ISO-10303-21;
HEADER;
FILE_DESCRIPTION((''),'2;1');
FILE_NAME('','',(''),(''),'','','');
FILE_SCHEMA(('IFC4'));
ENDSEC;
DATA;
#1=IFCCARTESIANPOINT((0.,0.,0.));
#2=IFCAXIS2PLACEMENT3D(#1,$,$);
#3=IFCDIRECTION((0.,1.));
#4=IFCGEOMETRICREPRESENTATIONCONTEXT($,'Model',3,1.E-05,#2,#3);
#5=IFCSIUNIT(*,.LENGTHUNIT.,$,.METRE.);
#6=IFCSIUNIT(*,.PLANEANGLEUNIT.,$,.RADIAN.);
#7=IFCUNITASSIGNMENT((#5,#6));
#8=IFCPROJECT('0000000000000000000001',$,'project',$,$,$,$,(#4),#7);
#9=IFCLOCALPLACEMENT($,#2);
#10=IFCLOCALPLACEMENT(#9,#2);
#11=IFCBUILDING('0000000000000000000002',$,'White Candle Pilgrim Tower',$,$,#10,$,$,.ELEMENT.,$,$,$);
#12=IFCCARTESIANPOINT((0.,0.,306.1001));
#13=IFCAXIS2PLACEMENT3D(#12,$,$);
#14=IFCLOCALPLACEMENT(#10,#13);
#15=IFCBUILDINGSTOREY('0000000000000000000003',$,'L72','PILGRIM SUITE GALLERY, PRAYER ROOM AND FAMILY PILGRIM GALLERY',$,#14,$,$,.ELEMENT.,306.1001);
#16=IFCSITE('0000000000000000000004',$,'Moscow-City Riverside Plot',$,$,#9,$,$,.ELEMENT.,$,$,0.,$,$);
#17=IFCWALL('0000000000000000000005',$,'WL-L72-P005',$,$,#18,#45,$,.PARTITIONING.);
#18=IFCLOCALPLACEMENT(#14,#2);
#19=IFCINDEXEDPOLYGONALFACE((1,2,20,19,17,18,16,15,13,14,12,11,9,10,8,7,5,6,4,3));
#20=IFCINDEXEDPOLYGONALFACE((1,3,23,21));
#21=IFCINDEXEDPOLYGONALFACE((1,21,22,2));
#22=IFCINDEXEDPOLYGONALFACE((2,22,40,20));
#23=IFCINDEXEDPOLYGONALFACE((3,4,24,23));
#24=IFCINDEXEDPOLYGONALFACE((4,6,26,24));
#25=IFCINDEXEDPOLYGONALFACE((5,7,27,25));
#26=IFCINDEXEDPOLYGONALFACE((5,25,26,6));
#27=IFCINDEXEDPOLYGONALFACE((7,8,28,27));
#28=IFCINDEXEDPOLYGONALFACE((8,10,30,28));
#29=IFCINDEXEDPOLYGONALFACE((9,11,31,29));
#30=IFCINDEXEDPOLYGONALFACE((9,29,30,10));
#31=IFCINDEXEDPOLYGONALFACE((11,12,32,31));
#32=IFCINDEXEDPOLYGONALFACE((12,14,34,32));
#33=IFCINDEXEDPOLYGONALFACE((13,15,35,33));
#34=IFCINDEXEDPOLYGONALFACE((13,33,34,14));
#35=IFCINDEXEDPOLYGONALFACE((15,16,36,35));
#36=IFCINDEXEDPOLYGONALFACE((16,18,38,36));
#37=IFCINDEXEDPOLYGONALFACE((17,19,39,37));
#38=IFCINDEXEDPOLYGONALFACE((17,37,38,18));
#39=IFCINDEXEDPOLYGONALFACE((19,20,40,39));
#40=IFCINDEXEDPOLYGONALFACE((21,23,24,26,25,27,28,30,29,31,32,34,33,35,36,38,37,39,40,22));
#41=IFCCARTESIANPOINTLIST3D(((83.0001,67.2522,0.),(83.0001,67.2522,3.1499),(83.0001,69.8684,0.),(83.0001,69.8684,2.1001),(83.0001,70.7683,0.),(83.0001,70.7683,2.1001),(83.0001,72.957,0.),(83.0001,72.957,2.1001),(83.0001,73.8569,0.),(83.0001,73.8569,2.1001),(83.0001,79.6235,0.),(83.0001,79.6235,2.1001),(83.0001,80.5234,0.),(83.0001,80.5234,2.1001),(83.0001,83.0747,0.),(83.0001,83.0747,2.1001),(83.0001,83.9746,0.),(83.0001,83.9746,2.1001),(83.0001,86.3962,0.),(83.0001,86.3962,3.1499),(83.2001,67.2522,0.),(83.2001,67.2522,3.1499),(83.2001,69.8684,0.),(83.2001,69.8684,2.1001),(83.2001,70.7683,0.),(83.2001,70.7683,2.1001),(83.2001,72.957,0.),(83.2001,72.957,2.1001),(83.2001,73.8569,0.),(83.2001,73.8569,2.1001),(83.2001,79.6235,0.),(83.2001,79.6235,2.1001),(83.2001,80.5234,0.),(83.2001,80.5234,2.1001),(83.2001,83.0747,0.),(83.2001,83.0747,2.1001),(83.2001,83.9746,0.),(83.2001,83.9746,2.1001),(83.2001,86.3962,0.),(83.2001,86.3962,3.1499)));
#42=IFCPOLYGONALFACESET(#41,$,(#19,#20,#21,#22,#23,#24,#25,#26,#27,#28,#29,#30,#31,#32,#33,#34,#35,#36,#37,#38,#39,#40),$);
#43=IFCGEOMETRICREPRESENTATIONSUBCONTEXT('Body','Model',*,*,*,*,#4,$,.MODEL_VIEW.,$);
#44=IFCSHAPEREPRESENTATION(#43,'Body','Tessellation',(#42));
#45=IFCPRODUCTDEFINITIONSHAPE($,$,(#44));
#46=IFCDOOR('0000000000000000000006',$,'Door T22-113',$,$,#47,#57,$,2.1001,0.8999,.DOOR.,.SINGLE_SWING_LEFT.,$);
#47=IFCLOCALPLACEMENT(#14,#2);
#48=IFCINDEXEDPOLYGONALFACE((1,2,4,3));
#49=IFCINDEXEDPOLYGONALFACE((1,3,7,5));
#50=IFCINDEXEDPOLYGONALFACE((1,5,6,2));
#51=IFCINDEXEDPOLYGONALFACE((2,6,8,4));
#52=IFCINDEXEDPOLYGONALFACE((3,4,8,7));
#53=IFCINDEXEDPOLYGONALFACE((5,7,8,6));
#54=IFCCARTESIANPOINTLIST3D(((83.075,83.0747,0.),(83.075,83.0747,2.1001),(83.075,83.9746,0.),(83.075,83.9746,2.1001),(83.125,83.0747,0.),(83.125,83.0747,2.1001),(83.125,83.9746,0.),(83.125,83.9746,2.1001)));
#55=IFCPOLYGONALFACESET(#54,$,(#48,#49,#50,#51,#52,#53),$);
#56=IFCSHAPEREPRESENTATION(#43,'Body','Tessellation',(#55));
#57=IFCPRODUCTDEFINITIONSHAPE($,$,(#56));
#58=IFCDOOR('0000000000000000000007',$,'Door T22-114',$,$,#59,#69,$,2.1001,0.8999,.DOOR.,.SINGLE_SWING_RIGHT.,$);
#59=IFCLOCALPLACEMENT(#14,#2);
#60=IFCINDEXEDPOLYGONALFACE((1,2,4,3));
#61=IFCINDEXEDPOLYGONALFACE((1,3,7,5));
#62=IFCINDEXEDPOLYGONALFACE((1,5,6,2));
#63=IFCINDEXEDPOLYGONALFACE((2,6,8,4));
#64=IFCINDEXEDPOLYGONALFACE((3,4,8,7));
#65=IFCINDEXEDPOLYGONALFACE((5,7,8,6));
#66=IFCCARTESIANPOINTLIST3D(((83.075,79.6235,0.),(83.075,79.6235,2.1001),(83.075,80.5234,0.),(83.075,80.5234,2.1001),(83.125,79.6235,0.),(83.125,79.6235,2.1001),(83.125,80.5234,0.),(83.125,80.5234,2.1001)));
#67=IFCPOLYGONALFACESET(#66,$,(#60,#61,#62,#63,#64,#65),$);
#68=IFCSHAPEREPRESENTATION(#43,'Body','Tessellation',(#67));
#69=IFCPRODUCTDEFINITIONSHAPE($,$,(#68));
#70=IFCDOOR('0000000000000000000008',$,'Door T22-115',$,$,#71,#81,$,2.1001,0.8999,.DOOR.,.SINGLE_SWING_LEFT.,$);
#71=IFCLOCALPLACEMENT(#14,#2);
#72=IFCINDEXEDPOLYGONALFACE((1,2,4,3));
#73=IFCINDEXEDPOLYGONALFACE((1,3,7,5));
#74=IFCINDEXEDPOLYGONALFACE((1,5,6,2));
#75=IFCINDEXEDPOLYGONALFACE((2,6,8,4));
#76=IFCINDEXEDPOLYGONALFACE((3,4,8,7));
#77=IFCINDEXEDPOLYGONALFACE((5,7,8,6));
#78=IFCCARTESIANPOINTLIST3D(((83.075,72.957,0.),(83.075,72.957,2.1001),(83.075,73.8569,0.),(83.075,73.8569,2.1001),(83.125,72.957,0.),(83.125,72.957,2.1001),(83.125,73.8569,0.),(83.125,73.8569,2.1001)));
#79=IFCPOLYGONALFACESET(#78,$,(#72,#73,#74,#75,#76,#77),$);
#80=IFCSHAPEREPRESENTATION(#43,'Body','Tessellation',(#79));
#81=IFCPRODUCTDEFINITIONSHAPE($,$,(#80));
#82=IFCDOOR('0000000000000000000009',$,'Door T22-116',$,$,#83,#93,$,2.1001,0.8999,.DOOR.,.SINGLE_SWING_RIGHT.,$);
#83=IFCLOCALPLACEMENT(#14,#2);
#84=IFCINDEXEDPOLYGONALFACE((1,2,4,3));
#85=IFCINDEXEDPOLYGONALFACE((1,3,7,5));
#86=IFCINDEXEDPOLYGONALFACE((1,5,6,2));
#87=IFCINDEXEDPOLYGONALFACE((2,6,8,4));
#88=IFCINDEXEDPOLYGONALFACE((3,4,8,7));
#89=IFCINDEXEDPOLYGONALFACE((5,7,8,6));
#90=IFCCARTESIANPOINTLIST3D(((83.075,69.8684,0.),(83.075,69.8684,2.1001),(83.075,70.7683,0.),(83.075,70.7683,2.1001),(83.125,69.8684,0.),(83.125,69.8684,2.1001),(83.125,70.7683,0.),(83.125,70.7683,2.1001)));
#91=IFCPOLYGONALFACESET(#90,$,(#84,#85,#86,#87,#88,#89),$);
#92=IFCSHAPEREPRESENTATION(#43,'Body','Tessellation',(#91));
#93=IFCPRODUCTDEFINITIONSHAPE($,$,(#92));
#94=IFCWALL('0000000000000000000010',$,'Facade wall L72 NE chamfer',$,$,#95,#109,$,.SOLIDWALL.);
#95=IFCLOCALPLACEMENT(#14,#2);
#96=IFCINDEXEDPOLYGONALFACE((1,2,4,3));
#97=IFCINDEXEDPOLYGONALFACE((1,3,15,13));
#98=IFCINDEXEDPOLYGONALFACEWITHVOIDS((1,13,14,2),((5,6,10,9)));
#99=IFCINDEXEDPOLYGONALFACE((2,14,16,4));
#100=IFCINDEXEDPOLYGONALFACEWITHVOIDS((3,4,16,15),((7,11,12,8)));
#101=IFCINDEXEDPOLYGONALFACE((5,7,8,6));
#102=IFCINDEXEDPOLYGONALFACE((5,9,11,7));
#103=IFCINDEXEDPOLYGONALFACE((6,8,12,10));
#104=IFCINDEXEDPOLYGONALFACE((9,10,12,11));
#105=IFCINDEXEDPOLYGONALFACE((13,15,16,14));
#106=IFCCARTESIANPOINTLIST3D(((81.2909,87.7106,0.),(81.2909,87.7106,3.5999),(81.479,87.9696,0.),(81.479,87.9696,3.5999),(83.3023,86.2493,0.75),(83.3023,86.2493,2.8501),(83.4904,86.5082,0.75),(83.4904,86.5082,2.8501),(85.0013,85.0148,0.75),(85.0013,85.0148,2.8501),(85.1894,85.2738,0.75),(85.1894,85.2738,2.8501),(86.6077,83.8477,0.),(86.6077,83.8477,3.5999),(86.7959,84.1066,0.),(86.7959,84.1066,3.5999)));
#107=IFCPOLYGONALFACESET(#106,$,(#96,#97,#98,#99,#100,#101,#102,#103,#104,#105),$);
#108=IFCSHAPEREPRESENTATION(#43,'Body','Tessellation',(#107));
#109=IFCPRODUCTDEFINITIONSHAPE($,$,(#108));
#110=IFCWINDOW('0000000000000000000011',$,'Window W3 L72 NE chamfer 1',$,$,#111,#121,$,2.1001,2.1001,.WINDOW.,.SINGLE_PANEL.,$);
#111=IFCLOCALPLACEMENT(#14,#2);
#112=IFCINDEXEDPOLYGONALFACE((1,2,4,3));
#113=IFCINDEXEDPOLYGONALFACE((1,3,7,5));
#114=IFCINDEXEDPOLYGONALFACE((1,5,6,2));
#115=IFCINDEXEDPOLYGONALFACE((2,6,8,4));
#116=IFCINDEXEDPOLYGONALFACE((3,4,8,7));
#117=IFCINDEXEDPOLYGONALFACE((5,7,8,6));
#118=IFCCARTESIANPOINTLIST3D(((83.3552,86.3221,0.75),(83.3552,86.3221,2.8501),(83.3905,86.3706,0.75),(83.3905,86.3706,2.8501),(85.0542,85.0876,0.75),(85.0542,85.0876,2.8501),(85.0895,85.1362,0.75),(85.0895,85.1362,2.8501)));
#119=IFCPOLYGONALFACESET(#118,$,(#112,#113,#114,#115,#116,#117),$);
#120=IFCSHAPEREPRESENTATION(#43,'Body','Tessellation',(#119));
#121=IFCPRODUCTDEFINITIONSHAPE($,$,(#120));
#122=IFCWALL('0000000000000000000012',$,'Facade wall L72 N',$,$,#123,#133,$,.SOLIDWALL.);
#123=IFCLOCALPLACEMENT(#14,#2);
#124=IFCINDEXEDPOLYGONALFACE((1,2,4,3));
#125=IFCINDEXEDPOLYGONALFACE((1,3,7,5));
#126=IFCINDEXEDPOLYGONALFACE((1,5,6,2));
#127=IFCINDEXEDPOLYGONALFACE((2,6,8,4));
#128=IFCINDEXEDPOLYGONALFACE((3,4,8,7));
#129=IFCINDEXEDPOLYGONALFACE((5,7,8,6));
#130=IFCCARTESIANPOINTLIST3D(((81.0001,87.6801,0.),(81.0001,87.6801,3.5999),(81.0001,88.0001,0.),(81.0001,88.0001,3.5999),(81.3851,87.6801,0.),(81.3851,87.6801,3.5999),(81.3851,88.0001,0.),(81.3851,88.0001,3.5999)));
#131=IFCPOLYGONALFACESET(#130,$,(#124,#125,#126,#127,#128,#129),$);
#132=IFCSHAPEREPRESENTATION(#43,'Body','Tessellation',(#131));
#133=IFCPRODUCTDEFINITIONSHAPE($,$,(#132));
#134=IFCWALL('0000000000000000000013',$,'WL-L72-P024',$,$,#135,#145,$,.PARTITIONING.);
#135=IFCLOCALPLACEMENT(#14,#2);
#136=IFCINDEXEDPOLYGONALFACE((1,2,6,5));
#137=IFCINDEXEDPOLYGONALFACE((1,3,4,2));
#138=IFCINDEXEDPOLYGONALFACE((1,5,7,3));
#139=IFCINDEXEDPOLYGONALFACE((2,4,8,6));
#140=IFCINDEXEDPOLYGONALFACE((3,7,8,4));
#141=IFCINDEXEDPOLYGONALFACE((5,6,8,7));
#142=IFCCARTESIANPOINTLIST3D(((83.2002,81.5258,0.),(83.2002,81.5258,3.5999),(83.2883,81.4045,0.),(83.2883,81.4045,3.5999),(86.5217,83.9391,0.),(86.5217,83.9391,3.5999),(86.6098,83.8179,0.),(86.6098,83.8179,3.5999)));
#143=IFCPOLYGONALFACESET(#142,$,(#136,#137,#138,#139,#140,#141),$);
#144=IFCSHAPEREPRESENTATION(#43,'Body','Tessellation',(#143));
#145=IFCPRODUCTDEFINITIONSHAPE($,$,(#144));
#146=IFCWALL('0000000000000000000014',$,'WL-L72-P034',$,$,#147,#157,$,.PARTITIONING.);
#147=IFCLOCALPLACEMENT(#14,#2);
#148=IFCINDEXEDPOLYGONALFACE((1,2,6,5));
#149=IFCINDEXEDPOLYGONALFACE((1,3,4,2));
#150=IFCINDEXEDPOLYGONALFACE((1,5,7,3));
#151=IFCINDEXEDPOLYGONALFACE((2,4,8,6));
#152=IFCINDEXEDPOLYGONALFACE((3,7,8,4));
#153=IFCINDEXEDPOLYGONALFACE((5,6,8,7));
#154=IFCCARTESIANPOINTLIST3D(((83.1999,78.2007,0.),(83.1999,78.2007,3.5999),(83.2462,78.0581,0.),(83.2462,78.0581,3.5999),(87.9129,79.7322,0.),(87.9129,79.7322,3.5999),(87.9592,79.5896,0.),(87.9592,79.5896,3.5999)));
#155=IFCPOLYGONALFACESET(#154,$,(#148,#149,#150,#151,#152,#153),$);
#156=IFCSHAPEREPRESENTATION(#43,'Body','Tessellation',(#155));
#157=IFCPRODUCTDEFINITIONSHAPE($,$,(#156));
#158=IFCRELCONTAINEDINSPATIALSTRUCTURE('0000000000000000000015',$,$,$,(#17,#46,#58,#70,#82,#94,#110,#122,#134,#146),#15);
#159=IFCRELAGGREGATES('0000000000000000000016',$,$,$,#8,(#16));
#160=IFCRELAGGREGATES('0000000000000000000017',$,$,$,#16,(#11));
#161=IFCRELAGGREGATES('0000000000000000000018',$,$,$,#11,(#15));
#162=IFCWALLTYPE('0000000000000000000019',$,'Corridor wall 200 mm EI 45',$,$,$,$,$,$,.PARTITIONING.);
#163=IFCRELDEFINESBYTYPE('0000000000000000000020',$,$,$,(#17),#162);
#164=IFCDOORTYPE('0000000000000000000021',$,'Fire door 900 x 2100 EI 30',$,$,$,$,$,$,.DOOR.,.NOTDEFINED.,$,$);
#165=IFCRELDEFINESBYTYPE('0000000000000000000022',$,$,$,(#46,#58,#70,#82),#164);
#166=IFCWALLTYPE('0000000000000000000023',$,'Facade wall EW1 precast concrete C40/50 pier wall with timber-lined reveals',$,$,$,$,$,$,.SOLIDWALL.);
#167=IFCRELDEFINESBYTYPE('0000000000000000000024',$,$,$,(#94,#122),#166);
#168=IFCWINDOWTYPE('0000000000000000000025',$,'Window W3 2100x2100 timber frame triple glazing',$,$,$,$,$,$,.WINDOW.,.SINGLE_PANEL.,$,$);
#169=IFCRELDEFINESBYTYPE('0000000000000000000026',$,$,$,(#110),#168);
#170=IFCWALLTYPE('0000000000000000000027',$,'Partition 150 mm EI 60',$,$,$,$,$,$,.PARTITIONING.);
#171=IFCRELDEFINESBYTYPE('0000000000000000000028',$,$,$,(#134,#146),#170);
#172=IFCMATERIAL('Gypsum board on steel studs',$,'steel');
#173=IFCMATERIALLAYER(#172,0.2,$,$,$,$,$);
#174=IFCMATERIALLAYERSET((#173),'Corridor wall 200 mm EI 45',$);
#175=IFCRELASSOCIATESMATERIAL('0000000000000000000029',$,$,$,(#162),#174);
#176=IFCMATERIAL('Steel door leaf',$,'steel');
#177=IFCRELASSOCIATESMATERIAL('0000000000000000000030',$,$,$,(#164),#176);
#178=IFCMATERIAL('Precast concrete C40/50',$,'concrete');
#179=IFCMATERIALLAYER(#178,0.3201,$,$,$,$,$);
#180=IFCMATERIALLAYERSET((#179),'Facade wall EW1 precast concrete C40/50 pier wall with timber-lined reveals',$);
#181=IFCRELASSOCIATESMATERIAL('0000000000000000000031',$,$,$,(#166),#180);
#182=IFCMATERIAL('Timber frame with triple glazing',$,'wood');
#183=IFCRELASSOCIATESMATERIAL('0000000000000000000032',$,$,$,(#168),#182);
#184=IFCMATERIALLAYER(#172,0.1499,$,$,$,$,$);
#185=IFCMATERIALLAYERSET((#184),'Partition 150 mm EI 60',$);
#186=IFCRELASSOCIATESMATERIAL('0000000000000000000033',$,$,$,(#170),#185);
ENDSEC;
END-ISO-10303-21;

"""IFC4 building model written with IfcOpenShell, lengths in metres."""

from ifc_helpers import new_model, si_unit, direction, frame, frame_2d, origin, place, context, subcontext, project, spatial, rectangle, extrude, material, layer, layer_set, type_object, element, fill, save


model = new_model("IFC4")

# Units and contexts
model_context = context("Model", 3, precision=1e-05, world=origin(), true_north=direction((0.0, 1.0)))
body_context = subcontext(model_context, "Body", "Model", "MODEL_VIEW")
ifc_project = project(units=[si_unit("LENGTHUNIT", "METRE"), si_unit("PLANEANGLEUNIT", "RADIAN")], contexts=[model_context])

# Site, building, storey
site_placement = place(None, origin())
site = spatial("IfcSite", under=ifc_project, at=site_placement, Name="Moscow-City Riverside Plot", CompositionType="ELEMENT", RefElevation=0.0)
building_placement = place(site_placement, origin())
building = spatial("IfcBuilding", under=site, at=building_placement, Name="White Candle Pilgrim Tower", CompositionType="ELEMENT")
storey_placement = place(building_placement, frame((0.0, 0.0, 306.1001)))
storey = spatial("IfcBuildingStorey", under=building, at=storey_placement, Name="L72", Description="PILGRIM SUITE GALLERY, PRAYER ROOM AND FAMILY PILGRIM GALLERY", CompositionType="ELEMENT", Elevation=306.1001)

# Shared definitions
ifc_material_1 = material(Name="Steel door leaf", Category="steel")

# Wall, openings, doors
ifc_material_2 = material(Name="Gypsum board on steel studs", Category="steel")
ifc_layer_1 = layer(ifc_material_2, 0.2)
ifc_layer_set_1 = layer_set([ifc_layer_1], Name="Corridor wall 200 mm EI 45")
wall_type_1 = type_object("IfcWallType", Name="Corridor wall 200 mm EI 45", PredefinedType="PARTITIONING", material=ifc_layer_set_1)
wall_1_placement = place(storey_placement, frame((83.1001, 86.3962, 0.0), z_axis=(0.0, 0.0, 1.0), x_axis=(0.0, -1.0, 0.0)))
wall_1 = element("IfcWall", 1, at=wall_1_placement, inside=storey, type_object=wall_type_1, Name="WL-L72-P005", PredefinedType="PARTITIONING", context=body_context, shape_type="SweptSolid", body=[
    extrude(rectangle(XDim=19.144, YDim=0.2, at=frame_2d((9.572, 0.0))), origin(), (0.0, 0.0, 1.0), 3.1499),
])
opening_1_placement = place(wall_1_placement, frame((2.4216, 0.0, 0.0)))
opening_1 = element("IfcOpeningElement", 2, at=opening_1_placement, cuts=wall_1, PredefinedType="OPENING", context=body_context, shape_type="SweptSolid", body=[
    extrude(rectangle(XDim=0.8999, YDim=2.1001, at=frame_2d((0.45, 1.05))), frame((0.0, 0.1099, 0.0), z_axis=(0.0, -1.0, 0.0), x_axis=(1.0, 0.0, 0.0)), (0.0, 0.0, 1.0), 0.22),
])
opening_2_placement = place(wall_1_placement, frame((5.8728, 0.0, 0.0)))
opening_2 = element("IfcOpeningElement", 3, at=opening_2_placement, cuts=wall_1, PredefinedType="OPENING", context=body_context, shape_type="SweptSolid", body=[
    extrude(rectangle(XDim=0.8999, YDim=2.1001, at=frame_2d((0.45, 1.05))), frame((0.0, 0.1099, 0.0), z_axis=(0.0, -1.0, 0.0), x_axis=(1.0, 0.0, 0.0)), (0.0, 0.0, 1.0), 0.22),
])
opening_3_placement = place(wall_1_placement, frame((12.5393, 0.0, 0.0)))
opening_3 = element("IfcOpeningElement", 4, at=opening_3_placement, cuts=wall_1, PredefinedType="OPENING", context=body_context, shape_type="SweptSolid", body=[
    extrude(rectangle(XDim=0.8999, YDim=2.1001, at=frame_2d((0.45, 1.05))), frame((0.0, 0.1099, 0.0), z_axis=(0.0, -1.0, 0.0), x_axis=(1.0, 0.0, 0.0)), (0.0, 0.0, 1.0), 0.22),
])
opening_4_placement = place(wall_1_placement, frame((15.6279, 0.0, 0.0)))
opening_4 = element("IfcOpeningElement", 5, at=opening_4_placement, cuts=wall_1, PredefinedType="OPENING", context=body_context, shape_type="SweptSolid", body=[
    extrude(rectangle(XDim=0.8999, YDim=2.1001, at=frame_2d((0.45, 1.05))), frame((0.0, 0.1099, 0.0), z_axis=(0.0, -1.0, 0.0), x_axis=(1.0, 0.0, 0.0)), (0.0, 0.0, 1.0), 0.22),
])
door_type_1 = type_object("IfcDoorType", Name="Fire door 900 x 2100 EI 30", OperationType="NOTDEFINED", PredefinedType="DOOR", material=ifc_material_1)
door_1_placement = place(opening_1_placement, origin())
door_1 = element("IfcDoor", 6, at=door_1_placement, inside=storey, type_object=door_type_1, Name="Door T22-113", OperationType="SINGLE_SWING_LEFT", OverallHeight=2.1001, OverallWidth=0.8999, PredefinedType="DOOR", context=body_context, shape_type="SweptSolid", body=[
    extrude(rectangle(XDim=0.8999, YDim=2.1001, at=frame_2d((0.45, 1.05))), frame((0.0, 0.0249, 0.0), z_axis=(0.0, -1.0, 0.0), x_axis=(1.0, 0.0, 0.0)), (0.0, 0.0, 1.0), 0.05),
])
fill(opening_1, door_1)
door_2_placement = place(opening_2_placement, origin())
door_2 = element("IfcDoor", 7, at=door_2_placement, inside=storey, type_object=door_type_1, Name="Door T22-114", OperationType="SINGLE_SWING_RIGHT", OverallHeight=2.1001, OverallWidth=0.8999, PredefinedType="DOOR", context=body_context, shape_type="SweptSolid", body=[
    extrude(rectangle(XDim=0.8999, YDim=2.1001, at=frame_2d((0.45, 1.05))), frame((0.0, 0.0249, 0.0), z_axis=(0.0, -1.0, 0.0), x_axis=(1.0, 0.0, 0.0)), (0.0, 0.0, 1.0), 0.05),
])
fill(opening_2, door_2)
door_3_placement = place(opening_3_placement, origin())
door_3 = element("IfcDoor", 8, at=door_3_placement, inside=storey, type_object=door_type_1, Name="Door T22-115", OperationType="SINGLE_SWING_LEFT", OverallHeight=2.1001, OverallWidth=0.8999, PredefinedType="DOOR", context=body_context, shape_type="SweptSolid", body=[
    extrude(rectangle(XDim=0.8999, YDim=2.1001, at=frame_2d((0.45, 1.05))), frame((0.0, 0.0249, 0.0), z_axis=(0.0, -1.0, 0.0), x_axis=(1.0, 0.0, 0.0)), (0.0, 0.0, 1.0), 0.05),
])
fill(opening_3, door_3)
door_4_placement = place(opening_4_placement, origin())
door_4 = element("IfcDoor", 9, at=door_4_placement, inside=storey, type_object=door_type_1, Name="Door T22-116", OperationType="SINGLE_SWING_RIGHT", OverallHeight=2.1001, OverallWidth=0.8999, PredefinedType="DOOR", context=body_context, shape_type="SweptSolid", body=[
    extrude(rectangle(XDim=0.8999, YDim=2.1001, at=frame_2d((0.45, 1.05))), frame((0.0, 0.0249, 0.0), z_axis=(0.0, -1.0, 0.0), x_axis=(1.0, 0.0, 0.0)), (0.0, 0.0, 1.0), 0.05),
])
fill(opening_4, door_4)

# Wall, opening, window
ifc_material_3 = material(Name="Precast concrete C40/50", Category="concrete")
ifc_layer_2 = layer(ifc_material_3, 0.3201)
ifc_layer_set_2 = layer_set([ifc_layer_2], Name="Facade wall EW1 precast concrete C40/50 pier wall with timber-lined reveals")
wall_type_2 = type_object("IfcWallType", Name="Facade wall EW1 precast concrete C40/50 pier wall with timber-lined reveals", PredefinedType="SOLIDWALL", material=ifc_layer_set_2)
wall_2_placement = place(storey_placement, frame((86.7019, 83.9771, 0.0), z_axis=(0.0, 0.0, 1.0), x_axis=(-0.809011, 0.587794, 0.0)))
wall_2 = element("IfcWall", 10, at=wall_2_placement, inside=storey, type_object=wall_type_2, Name="Facade wall L72 NE chamfer", PredefinedType="SOLIDWALL", context=body_context, shape_type="SweptSolid", body=[
    extrude(rectangle(XDim=6.572, YDim=0.3201, at=frame_2d((3.2861, 0.0))), origin(), (0.0, 0.0, 1.0), 3.5999),
])
opening_5_placement = place(wall_2_placement, frame((1.9858, 0.0, 0.75)))
opening_5 = element("IfcOpeningElement", 11, at=opening_5_placement, cuts=wall_2, PredefinedType="OPENING", context=body_context, shape_type="SweptSolid", body=[
    extrude(rectangle(XDim=2.1001, YDim=2.1001, at=frame_2d((1.05, 1.05))), frame((0.0, 0.1699, 0.0), z_axis=(0.0, -1.0, 0.0), x_axis=(1.0, 0.0, 0.0)), (0.0, 0.0, 1.0), 0.3401),
])
ifc_material_4 = material(Name="Timber frame with triple glazing", Category="wood")
window_type = type_object("IfcWindowType", Name="Window W3 2100x2100 timber frame triple glazing", PartitioningType="SINGLE_PANEL", PredefinedType="WINDOW", material=ifc_material_4)
window_placement = place(opening_5_placement, origin())
window = element("IfcWindow", 12, at=window_placement, inside=storey, type_object=window_type, Name="Window W3 L72 NE chamfer 1", OverallHeight=2.1001, OverallWidth=2.1001, PartitioningType="SINGLE_PANEL", PredefinedType="WINDOW", context=body_context, shape_type="SweptSolid", body=[
    extrude(rectangle(XDim=2.1001, YDim=2.1001, at=frame_2d((1.05, 1.05))), frame((0.0, 0.0701, 0.0), z_axis=(0.0, -1.0, 0.0), x_axis=(1.0, 0.0, 0.0)), (0.0, 0.0, 1.0), 0.0601),
])
fill(opening_5, window)

# Walls
wall_3_placement = place(storey_placement, frame((81.385, 87.8401, 0.0), z_axis=(0.0, 0.0, 1.0), x_axis=(-1.0, 0.0, 0.0)))
element("IfcWall", 13, at=wall_3_placement, inside=storey, type_object=wall_type_2, Name="Facade wall L72 N", PredefinedType="SOLIDWALL", context=body_context, shape_type="SweptSolid", body=[
    extrude(rectangle(XDim=0.385, YDim=0.3201, at=frame_2d((0.1924, 0.0))), origin(), (0.0, 0.0, 1.0), 3.5999),
])
ifc_layer_3 = layer(ifc_material_2, 0.1499)
ifc_layer_set_3 = layer_set([ifc_layer_3], Name="Partition 150 mm EI 60")
wall_type_3 = type_object("IfcWallType", Name="Partition 150 mm EI 60", PredefinedType="PARTITIONING", material=ifc_layer_set_3)
wall_4_placement = place(storey_placement, frame((86.5657, 83.8784, 0.0), z_axis=(0.0, 0.0, 1.0), x_axis=(-0.809006, -0.5878, 0.0)))
element("IfcWall", 14, at=wall_4_placement, inside=storey, type_object=wall_type_3, Name="WL-L72-P024", PredefinedType="PARTITIONING", context=body_context, shape_type="SweptSolid", body=[
    extrude(rectangle(XDim=4.1057, YDim=0.1499, at=frame_2d((2.0527, 0.0))), origin(), (0.0, 0.0, 1.0), 3.5999),
])
wall_5_placement = place(storey_placement, frame((87.936, 79.6609, 0.0), z_axis=(0.0, 0.0, 1.0), x_axis=(-0.951046, -0.30905, 0.0)))
element("IfcWall", 15, at=wall_5_placement, inside=storey, type_object=wall_type_3, Name="WL-L72-P034", PredefinedType="PARTITIONING", context=body_context, shape_type="SweptSolid", body=[
    extrude(rectangle(XDim=4.9556, YDim=0.1499, at=frame_2d((2.4778, 0.0))), origin(), (0.0, 0.0, 1.0), 3.5999),
])

save(model, "model.ifc")
